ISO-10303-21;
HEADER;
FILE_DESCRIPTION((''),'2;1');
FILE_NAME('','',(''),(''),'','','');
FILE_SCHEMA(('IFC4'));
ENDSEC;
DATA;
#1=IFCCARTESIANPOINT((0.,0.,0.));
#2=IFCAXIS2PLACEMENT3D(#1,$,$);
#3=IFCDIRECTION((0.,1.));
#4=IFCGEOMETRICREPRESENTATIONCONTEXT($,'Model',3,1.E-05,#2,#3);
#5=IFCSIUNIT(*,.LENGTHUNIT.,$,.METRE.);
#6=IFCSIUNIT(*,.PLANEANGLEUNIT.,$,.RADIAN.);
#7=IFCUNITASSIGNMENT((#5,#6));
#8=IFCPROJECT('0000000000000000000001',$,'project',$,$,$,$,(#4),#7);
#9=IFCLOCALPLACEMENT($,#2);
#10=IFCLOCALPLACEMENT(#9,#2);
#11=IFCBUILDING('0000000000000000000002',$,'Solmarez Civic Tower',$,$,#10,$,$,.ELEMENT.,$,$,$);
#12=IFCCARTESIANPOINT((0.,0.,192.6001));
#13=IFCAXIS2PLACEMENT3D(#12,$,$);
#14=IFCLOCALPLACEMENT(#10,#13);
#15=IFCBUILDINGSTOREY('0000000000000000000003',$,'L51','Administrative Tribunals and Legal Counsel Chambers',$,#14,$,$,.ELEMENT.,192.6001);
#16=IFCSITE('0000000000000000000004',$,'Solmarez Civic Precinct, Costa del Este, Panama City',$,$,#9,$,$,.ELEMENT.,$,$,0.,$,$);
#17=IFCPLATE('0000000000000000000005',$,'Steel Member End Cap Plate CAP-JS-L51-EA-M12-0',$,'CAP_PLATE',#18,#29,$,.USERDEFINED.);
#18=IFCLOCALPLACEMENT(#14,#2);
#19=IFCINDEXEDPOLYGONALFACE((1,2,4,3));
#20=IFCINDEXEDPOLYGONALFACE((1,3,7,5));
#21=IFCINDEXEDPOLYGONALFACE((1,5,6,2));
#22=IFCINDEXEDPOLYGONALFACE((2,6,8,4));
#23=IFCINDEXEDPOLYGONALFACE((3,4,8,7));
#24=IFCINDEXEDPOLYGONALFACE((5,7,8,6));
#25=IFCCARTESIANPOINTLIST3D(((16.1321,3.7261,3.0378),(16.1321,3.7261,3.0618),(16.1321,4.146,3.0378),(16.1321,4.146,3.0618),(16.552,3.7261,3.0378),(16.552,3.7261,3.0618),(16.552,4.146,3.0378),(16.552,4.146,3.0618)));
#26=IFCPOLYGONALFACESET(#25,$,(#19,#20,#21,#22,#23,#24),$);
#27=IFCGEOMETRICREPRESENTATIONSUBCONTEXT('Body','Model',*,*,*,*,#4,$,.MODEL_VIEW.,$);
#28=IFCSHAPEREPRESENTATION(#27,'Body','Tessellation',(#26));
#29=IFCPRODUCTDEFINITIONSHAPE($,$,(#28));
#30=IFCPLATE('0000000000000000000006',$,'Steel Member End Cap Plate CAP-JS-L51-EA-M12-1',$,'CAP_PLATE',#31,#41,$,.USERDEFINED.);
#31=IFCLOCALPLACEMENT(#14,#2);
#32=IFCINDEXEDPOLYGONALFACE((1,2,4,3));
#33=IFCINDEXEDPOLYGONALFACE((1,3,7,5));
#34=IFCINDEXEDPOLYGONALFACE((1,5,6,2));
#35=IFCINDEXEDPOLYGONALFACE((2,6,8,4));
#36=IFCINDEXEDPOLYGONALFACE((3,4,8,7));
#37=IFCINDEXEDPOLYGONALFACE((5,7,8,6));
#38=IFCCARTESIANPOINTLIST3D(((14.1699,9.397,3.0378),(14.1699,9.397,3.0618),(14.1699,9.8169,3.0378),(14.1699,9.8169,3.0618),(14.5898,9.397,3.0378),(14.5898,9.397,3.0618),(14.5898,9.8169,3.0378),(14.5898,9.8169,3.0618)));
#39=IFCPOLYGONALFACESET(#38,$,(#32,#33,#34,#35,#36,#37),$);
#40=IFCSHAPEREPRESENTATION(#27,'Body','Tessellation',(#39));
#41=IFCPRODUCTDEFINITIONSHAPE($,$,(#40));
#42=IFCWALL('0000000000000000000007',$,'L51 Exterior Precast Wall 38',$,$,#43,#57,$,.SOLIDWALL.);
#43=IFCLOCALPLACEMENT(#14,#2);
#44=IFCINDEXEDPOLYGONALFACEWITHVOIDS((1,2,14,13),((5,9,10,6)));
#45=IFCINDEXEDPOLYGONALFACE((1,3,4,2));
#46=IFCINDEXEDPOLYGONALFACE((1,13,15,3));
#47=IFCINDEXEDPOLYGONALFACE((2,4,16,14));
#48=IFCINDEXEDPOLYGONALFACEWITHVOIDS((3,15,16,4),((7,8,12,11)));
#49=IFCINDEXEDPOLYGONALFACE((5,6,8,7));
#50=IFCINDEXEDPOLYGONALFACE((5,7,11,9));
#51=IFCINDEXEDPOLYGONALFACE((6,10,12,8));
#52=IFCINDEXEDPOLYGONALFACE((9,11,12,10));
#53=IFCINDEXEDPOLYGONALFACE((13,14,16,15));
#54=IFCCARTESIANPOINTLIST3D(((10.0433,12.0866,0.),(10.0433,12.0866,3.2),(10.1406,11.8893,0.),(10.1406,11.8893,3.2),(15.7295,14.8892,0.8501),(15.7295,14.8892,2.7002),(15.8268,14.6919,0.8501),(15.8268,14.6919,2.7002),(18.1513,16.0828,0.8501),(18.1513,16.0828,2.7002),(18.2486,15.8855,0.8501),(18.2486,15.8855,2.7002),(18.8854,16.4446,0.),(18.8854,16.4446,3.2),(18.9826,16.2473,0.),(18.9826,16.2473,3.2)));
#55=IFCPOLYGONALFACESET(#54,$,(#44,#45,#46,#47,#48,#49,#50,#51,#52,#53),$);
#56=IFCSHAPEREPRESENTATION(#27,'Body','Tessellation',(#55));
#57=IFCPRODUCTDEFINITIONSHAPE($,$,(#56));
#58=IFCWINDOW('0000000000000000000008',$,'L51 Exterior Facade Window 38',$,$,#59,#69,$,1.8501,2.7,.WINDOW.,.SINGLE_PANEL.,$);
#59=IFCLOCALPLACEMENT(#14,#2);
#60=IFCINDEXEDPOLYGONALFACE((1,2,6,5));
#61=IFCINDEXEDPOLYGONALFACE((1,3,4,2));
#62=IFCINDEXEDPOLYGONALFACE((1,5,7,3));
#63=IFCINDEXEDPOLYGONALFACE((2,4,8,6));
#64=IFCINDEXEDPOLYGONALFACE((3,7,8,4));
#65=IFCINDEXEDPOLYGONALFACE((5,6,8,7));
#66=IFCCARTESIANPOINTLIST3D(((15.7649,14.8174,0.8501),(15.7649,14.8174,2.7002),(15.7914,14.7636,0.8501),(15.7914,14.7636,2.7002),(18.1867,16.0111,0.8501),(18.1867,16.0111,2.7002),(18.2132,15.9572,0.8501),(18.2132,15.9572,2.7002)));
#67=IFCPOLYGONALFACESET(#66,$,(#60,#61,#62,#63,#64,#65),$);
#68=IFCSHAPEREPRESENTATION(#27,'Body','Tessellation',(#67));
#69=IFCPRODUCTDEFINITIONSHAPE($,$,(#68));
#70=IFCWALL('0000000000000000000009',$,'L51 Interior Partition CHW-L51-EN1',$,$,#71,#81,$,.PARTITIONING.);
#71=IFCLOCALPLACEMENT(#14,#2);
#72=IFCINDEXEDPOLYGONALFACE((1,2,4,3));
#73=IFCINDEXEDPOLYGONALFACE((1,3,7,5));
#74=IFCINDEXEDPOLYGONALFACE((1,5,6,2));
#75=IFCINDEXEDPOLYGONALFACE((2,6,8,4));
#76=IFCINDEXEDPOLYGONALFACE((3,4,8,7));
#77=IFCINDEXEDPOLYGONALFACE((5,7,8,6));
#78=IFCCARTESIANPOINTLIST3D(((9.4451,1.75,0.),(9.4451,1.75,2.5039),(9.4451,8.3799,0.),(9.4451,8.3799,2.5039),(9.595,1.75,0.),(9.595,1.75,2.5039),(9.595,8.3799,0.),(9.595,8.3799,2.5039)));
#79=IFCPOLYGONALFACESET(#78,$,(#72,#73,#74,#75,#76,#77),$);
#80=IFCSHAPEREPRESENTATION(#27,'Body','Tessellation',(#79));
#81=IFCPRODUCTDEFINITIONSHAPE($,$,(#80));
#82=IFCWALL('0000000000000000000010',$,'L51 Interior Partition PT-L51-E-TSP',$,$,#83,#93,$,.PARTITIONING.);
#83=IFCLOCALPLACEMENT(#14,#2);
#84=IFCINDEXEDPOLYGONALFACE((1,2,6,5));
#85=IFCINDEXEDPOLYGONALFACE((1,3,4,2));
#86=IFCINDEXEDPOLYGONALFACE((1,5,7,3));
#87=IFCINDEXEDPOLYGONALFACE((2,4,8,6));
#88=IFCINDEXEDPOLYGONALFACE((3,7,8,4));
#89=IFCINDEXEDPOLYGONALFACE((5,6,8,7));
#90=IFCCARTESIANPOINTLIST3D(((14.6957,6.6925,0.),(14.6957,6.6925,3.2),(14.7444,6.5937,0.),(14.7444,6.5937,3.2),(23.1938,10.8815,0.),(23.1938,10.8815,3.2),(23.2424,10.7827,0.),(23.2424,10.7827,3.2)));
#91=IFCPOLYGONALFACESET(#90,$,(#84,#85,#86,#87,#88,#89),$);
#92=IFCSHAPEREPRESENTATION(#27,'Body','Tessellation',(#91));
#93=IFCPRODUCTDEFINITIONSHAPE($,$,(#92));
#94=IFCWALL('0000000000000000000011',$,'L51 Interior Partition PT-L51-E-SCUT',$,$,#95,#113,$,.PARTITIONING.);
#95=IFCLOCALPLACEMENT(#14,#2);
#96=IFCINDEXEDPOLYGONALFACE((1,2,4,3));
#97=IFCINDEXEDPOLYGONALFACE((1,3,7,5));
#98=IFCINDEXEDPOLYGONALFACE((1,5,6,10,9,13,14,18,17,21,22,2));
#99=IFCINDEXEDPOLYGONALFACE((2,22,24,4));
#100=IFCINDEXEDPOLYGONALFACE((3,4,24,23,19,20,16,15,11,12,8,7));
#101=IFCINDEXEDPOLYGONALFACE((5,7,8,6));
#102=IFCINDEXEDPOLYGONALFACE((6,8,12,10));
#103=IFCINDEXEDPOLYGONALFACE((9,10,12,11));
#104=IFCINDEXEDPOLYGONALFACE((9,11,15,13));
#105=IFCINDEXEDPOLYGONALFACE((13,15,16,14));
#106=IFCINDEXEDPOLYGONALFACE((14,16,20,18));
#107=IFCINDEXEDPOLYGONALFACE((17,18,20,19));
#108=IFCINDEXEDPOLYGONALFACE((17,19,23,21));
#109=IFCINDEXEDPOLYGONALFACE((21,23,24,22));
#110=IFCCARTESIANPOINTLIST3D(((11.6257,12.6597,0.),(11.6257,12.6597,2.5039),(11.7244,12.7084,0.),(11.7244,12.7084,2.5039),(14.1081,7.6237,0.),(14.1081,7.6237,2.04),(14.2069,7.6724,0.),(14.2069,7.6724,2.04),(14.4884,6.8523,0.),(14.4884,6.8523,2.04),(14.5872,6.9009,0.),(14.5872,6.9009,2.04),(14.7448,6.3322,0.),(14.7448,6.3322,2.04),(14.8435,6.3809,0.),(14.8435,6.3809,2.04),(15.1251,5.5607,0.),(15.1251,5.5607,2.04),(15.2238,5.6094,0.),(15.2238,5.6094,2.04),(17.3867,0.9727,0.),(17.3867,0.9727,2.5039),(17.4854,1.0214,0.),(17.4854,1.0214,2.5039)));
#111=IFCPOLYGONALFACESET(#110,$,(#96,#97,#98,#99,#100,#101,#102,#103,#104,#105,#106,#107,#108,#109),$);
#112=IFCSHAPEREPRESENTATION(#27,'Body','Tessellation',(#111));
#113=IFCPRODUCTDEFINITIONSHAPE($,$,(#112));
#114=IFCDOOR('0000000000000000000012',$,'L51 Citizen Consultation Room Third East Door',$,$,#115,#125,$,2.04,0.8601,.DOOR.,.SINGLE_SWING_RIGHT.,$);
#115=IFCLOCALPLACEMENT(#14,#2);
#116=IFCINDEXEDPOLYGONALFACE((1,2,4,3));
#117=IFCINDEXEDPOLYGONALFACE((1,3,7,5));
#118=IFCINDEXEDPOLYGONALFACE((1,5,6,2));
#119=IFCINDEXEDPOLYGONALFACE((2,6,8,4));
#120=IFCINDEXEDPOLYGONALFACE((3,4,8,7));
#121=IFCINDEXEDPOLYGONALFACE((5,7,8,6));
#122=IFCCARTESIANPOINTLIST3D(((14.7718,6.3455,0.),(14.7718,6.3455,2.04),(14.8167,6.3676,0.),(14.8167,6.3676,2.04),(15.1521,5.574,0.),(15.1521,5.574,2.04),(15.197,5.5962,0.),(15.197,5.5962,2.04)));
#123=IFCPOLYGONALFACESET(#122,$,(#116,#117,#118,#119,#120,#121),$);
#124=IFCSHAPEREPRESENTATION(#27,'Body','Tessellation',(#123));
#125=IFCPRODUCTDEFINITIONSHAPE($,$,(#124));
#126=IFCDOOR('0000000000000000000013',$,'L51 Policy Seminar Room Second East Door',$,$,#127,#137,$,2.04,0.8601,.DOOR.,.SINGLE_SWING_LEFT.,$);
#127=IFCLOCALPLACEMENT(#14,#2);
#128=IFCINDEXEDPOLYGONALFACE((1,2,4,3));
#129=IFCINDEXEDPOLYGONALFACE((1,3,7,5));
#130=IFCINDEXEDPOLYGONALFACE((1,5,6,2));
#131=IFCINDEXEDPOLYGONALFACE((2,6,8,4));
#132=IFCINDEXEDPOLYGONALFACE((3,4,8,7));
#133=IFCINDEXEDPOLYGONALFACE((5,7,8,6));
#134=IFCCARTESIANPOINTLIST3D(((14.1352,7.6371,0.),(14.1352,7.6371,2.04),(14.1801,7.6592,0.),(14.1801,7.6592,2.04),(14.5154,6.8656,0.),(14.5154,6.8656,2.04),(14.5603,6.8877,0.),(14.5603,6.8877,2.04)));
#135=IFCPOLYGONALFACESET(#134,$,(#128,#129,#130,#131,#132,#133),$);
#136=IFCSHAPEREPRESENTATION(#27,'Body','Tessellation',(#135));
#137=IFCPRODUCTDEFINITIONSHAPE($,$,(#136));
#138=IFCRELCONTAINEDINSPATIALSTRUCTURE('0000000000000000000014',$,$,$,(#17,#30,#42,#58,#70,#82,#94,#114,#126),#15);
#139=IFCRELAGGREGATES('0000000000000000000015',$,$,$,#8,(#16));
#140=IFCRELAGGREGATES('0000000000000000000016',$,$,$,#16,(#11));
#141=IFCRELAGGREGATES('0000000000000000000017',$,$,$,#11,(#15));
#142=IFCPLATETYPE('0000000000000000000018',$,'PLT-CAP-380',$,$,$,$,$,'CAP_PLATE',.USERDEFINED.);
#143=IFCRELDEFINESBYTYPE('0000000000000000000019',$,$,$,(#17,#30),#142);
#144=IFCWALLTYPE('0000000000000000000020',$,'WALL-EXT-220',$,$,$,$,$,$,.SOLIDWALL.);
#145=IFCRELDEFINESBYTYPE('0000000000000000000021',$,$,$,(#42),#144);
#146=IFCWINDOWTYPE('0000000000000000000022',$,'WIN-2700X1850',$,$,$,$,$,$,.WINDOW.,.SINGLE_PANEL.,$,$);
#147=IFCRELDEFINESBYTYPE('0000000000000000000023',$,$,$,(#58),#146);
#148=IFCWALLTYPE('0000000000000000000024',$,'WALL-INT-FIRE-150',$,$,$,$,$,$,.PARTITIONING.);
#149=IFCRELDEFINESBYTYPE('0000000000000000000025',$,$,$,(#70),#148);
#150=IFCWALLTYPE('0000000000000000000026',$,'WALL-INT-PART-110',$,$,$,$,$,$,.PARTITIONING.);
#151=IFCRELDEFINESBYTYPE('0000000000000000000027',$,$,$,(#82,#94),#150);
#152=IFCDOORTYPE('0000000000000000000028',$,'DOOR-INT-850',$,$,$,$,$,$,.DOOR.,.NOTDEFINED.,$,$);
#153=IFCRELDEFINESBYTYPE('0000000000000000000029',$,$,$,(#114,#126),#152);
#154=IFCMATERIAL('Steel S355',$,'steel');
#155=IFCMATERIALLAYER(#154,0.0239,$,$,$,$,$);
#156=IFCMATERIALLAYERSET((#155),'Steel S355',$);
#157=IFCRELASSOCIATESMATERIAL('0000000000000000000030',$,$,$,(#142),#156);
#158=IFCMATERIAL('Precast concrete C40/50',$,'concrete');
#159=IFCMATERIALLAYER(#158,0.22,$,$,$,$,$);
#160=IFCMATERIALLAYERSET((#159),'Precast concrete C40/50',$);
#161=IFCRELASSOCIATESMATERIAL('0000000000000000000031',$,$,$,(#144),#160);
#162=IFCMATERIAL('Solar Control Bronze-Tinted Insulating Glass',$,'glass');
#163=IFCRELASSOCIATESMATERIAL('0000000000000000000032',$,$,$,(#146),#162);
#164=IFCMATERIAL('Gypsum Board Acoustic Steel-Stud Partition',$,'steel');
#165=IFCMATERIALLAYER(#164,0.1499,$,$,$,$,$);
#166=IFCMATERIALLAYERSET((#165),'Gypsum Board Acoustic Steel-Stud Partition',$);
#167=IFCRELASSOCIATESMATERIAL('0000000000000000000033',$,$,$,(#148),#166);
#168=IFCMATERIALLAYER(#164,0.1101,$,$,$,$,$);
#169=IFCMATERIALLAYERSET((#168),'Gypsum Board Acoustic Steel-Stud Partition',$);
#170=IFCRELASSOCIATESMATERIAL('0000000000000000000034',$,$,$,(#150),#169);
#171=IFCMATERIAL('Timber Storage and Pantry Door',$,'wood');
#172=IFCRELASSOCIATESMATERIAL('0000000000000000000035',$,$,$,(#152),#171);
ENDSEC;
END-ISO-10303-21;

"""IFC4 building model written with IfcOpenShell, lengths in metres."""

from ifc_helpers import new_model, si_unit, direction, frame, frame_2d, origin, origin_2d, place, context, subcontext, project, spatial, rectangle, extrude, material, layer, layer_set, type_object, element, fill, save


model = new_model("IFC4")

# Units and contexts
model_context = context("Model", 3, precision=1e-05, world=origin(), true_north=direction((0.0, 1.0)))
body_context = subcontext(model_context, "Body", "Model", "MODEL_VIEW")
ifc_project = project(units=[si_unit("LENGTHUNIT", "METRE"), si_unit("PLANEANGLEUNIT", "RADIAN")], contexts=[model_context])

# Site, building, storey
site_placement = place(None, origin())
site = spatial("IfcSite", under=ifc_project, at=site_placement, Name="Solmarez Civic Precinct, Costa del Este, Panama City", CompositionType="ELEMENT", RefElevation=0.0)
building_placement = place(site_placement, origin())
building = spatial("IfcBuilding", under=site, at=building_placement, Name="Solmarez Civic Tower", CompositionType="ELEMENT")
storey_placement = place(building_placement, frame((0.0, 0.0, 192.6001)))
storey = spatial("IfcBuildingStorey", under=building, at=storey_placement, Name="L51", Description="Administrative Tribunals and Legal Counsel Chambers", CompositionType="ELEMENT", Elevation=192.6001)

# Shared definitions
ifc_material_1 = material(Name="Steel S355", Category="steel")

# Plates
ifc_layer_1 = layer(ifc_material_1, 0.0239)
ifc_layer_set_1 = layer_set([ifc_layer_1], Name="Steel S355")
plate_type = type_object("IfcPlateType", Name="PLT-CAP-380", ElementType="CAP_PLATE", PredefinedType="USERDEFINED", material=ifc_layer_set_1)
for number, where, z_axis, x_axis, name in (
    (1, (16.342, 3.936, 3.0378), (0.0, 0.0, 1.0), (1.0, 0.0, 0.0), "Steel Member End Cap Plate CAP-JS-L51-EA-M12-0"),
    (2, (14.3799, 9.6069, 3.0378), (0.0, 0.0, 1.0), (1.0, 0.0, 0.0), "Steel Member End Cap Plate CAP-JS-L51-EA-M12-1"),
):
    element("IfcPlate", number, at=place(storey_placement, frame(where, z_axis=z_axis, x_axis=x_axis)), inside=storey, type_object=plate_type, Name=name, ObjectType="CAP_PLATE", PredefinedType="USERDEFINED", context=body_context, shape_type="SweptSolid", body=[
        extrude(rectangle(XDim=0.4199, YDim=0.4199, at=origin_2d()), origin(), (0.0, 0.0, 1.0), 0.0239),
    ])

# Wall, opening, window
ifc_material_2 = material(Name="Precast concrete C40/50", Category="concrete")
ifc_layer_2 = layer(ifc_material_2, 0.22)
ifc_layer_set_2 = layer_set([ifc_layer_2], Name="Precast concrete C40/50")
wall_type_1 = type_object("IfcWallType", Name="WALL-EXT-220", PredefinedType="SOLIDWALL", material=ifc_layer_set_2)
wall_1_placement = place(storey_placement, frame((10.092, 11.988, 0.0), z_axis=(0.0, 0.0, 1.0), x_axis=(0.896973, 0.442085, 0.0)))
wall_1 = element("IfcWall", 3, at=wall_1_placement, inside=storey, type_object=wall_type_1, Name="L51 Exterior Precast Wall 38", PredefinedType="SOLIDWALL", context=body_context, shape_type="SweptSolid", body=[
    extrude(rectangle(XDim=9.8577, YDim=0.22, at=frame_2d((4.9287, 0.0))), origin(), (0.0, 0.0, 1.0), 3.2),
])
opening_1_placement = place(wall_1_placement, frame((6.3391, 0.0, 0.8501)))
opening_1 = element("IfcOpeningElement", 4, at=opening_1_placement, cuts=wall_1, PredefinedType="OPENING", context=body_context, shape_type="SweptSolid", body=[
    extrude(rectangle(XDim=2.7, YDim=1.8501, at=frame_2d((1.3501, 0.925))), frame((0.0, 0.1199, 0.0), z_axis=(0.0, -1.0, 0.0), x_axis=(1.0, 0.0, 0.0)), (0.0, 0.0, 1.0), 0.24),
])
ifc_material_3 = material(Name="Solar Control Bronze-Tinted Insulating Glass", Category="glass")
window_type = type_object("IfcWindowType", Name="WIN-2700X1850", PartitioningType="SINGLE_PANEL", PredefinedType="WINDOW", material=ifc_material_3)
window_placement = place(opening_1_placement, origin())
window = element("IfcWindow", 5, at=window_placement, inside=storey, type_object=window_type, Name="L51 Exterior Facade Window 38", OverallHeight=1.8501, OverallWidth=2.7, PartitioningType="SINGLE_PANEL", PredefinedType="WINDOW", context=body_context, shape_type="SweptSolid", body=[
    extrude(rectangle(XDim=2.7, YDim=1.8501, at=frame_2d((1.3501, 0.925))), frame((0.0, 0.03, 0.0), z_axis=(0.0, -1.0, 0.0), x_axis=(1.0, 0.0, 0.0)), (0.0, 0.0, 1.0), 0.0601),
])
fill(opening_1, window)

# Walls
ifc_material_4 = material(Name="Gypsum Board Acoustic Steel-Stud Partition", Category="steel")
ifc_layer_3 = layer(ifc_material_4, 0.1499)
ifc_layer_set_3 = layer_set([ifc_layer_3], Name="Gypsum Board Acoustic Steel-Stud Partition")
wall_type_2 = type_object("IfcWallType", Name="WALL-INT-FIRE-150", PredefinedType="PARTITIONING", material=ifc_layer_set_3)
wall_2_placement = place(storey_placement, frame((9.52, 1.75, 0.0), z_axis=(0.0, 0.0, 1.0), x_axis=(0.0, 1.0, 0.0)))
element("IfcWall", 6, at=wall_2_placement, inside=storey, type_object=wall_type_2, Name="L51 Interior Partition CHW-L51-EN1", PredefinedType="PARTITIONING", context=body_context, shape_type="SweptSolid", body=[
    extrude(rectangle(XDim=6.6299, YDim=0.1499, at=frame_2d((3.3149, 0.0))), origin(), (0.0, 0.0, 1.0), 2.5039),
])
ifc_layer_4 = layer(ifc_material_4, 0.1101)
ifc_layer_set_4 = layer_set([ifc_layer_4], Name="Gypsum Board Acoustic Steel-Stud Partition")
wall_type_3 = type_object("IfcWallType", Name="WALL-INT-PART-110", PredefinedType="PARTITIONING", material=ifc_layer_set_4)
wall_3_placement = place(storey_placement, frame((14.72, 6.6431, 0.0), z_axis=(0.0, 0.0, 1.0), x_axis=(0.896948, 0.442135, 0.0)))
element("IfcWall", 7, at=wall_3_placement, inside=storey, type_object=wall_type_3, Name="L51 Interior Partition PT-L51-E-TSP", PredefinedType="PARTITIONING", context=body_context, shape_type="SweptSolid", body=[
    extrude(rectangle(XDim=9.4744, YDim=0.1101, at=frame_2d((4.7373, 0.0))), origin(), (0.0, 0.0, 1.0), 3.2),
])

# Wall, openings, doors
wall_4_placement = place(storey_placement, frame((17.436, 0.9971, 0.0), z_axis=(0.0, 0.0, 1.0), x_axis=(-0.44214, 0.896946, 0.0)))
wall_4 = element("IfcWall", 8, at=wall_4_placement, inside=storey, type_object=wall_type_3, Name="L51 Interior Partition PT-L51-E-SCUT", PredefinedType="PARTITIONING", context=body_context, shape_type="SweptSolid", body=[
    extrude(rectangle(XDim=13.0298, YDim=0.1101, at=frame_2d((6.5149, 0.0))), origin(), (0.0, 0.0, 1.0), 2.5039),
])
opening_2_placement = place(wall_4_placement, frame((5.115, 0.0, 0.0)))
opening_2 = element("IfcOpeningElement", 9, at=opening_2_placement, cuts=wall_4, PredefinedType="OPENING", context=body_context, shape_type="SweptSolid", body=[
    extrude(rectangle(XDim=0.8601, YDim=2.04, at=frame_2d((0.4302, 1.02))), frame((0.0, 0.0649, 0.0), z_axis=(0.0, -1.0, 0.0), x_axis=(1.0, 0.0, 0.0)), (0.0, 0.0, 1.0), 0.1301),
])
opening_3_placement = place(wall_4_placement, frame((6.5549, 0.0, 0.0)))
opening_3 = element("IfcOpeningElement", 10, at=opening_3_placement, cuts=wall_4, PredefinedType="OPENING", context=body_context, shape_type="SweptSolid", body=[
    extrude(rectangle(XDim=0.8601, YDim=2.04, at=frame_2d((0.4302, 1.02))), frame((0.0, 0.0649, 0.0), z_axis=(0.0, -1.0, 0.0), x_axis=(1.0, 0.0, 0.0)), (0.0, 0.0, 1.0), 0.1301),
])
ifc_material_5 = material(Name="Timber Storage and Pantry Door", Category="wood")
door_type = type_object("IfcDoorType", Name="DOOR-INT-850", OperationType="NOTDEFINED", PredefinedType="DOOR", material=ifc_material_5)
door_1_placement = place(opening_2_placement, origin())
door_1 = element("IfcDoor", 11, at=door_1_placement, inside=storey, type_object=door_type, Name="L51 Citizen Consultation Room Third East Door", OperationType="SINGLE_SWING_RIGHT", OverallHeight=2.04, OverallWidth=0.8601, PredefinedType="DOOR", context=body_context, shape_type="SweptSolid", body=[
    extrude(rectangle(XDim=0.8601, YDim=2.04, at=frame_2d((0.4302, 1.02))), frame((0.0, 0.0249, 0.0), z_axis=(0.0, -1.0, 0.0), x_axis=(1.0, 0.0, 0.0)), (0.0, 0.0, 1.0), 0.05),
])
fill(opening_2, door_1)
door_2_placement = place(opening_3_placement, origin())
door_2 = element("IfcDoor", 12, at=door_2_placement, inside=storey, type_object=door_type, Name="L51 Policy Seminar Room Second East Door", OperationType="SINGLE_SWING_LEFT", OverallHeight=2.04, OverallWidth=0.8601, PredefinedType="DOOR", context=body_context, shape_type="SweptSolid", body=[
    extrude(rectangle(XDim=0.8601, YDim=2.04, at=frame_2d((0.4302, 1.02))), frame((0.0, 0.0249, 0.0), z_axis=(0.0, -1.0, 0.0), x_axis=(1.0, 0.0, 0.0)), (0.0, 0.0, 1.0), 0.05),
])
fill(opening_3, door_2)

save(model, "model.ifc")
